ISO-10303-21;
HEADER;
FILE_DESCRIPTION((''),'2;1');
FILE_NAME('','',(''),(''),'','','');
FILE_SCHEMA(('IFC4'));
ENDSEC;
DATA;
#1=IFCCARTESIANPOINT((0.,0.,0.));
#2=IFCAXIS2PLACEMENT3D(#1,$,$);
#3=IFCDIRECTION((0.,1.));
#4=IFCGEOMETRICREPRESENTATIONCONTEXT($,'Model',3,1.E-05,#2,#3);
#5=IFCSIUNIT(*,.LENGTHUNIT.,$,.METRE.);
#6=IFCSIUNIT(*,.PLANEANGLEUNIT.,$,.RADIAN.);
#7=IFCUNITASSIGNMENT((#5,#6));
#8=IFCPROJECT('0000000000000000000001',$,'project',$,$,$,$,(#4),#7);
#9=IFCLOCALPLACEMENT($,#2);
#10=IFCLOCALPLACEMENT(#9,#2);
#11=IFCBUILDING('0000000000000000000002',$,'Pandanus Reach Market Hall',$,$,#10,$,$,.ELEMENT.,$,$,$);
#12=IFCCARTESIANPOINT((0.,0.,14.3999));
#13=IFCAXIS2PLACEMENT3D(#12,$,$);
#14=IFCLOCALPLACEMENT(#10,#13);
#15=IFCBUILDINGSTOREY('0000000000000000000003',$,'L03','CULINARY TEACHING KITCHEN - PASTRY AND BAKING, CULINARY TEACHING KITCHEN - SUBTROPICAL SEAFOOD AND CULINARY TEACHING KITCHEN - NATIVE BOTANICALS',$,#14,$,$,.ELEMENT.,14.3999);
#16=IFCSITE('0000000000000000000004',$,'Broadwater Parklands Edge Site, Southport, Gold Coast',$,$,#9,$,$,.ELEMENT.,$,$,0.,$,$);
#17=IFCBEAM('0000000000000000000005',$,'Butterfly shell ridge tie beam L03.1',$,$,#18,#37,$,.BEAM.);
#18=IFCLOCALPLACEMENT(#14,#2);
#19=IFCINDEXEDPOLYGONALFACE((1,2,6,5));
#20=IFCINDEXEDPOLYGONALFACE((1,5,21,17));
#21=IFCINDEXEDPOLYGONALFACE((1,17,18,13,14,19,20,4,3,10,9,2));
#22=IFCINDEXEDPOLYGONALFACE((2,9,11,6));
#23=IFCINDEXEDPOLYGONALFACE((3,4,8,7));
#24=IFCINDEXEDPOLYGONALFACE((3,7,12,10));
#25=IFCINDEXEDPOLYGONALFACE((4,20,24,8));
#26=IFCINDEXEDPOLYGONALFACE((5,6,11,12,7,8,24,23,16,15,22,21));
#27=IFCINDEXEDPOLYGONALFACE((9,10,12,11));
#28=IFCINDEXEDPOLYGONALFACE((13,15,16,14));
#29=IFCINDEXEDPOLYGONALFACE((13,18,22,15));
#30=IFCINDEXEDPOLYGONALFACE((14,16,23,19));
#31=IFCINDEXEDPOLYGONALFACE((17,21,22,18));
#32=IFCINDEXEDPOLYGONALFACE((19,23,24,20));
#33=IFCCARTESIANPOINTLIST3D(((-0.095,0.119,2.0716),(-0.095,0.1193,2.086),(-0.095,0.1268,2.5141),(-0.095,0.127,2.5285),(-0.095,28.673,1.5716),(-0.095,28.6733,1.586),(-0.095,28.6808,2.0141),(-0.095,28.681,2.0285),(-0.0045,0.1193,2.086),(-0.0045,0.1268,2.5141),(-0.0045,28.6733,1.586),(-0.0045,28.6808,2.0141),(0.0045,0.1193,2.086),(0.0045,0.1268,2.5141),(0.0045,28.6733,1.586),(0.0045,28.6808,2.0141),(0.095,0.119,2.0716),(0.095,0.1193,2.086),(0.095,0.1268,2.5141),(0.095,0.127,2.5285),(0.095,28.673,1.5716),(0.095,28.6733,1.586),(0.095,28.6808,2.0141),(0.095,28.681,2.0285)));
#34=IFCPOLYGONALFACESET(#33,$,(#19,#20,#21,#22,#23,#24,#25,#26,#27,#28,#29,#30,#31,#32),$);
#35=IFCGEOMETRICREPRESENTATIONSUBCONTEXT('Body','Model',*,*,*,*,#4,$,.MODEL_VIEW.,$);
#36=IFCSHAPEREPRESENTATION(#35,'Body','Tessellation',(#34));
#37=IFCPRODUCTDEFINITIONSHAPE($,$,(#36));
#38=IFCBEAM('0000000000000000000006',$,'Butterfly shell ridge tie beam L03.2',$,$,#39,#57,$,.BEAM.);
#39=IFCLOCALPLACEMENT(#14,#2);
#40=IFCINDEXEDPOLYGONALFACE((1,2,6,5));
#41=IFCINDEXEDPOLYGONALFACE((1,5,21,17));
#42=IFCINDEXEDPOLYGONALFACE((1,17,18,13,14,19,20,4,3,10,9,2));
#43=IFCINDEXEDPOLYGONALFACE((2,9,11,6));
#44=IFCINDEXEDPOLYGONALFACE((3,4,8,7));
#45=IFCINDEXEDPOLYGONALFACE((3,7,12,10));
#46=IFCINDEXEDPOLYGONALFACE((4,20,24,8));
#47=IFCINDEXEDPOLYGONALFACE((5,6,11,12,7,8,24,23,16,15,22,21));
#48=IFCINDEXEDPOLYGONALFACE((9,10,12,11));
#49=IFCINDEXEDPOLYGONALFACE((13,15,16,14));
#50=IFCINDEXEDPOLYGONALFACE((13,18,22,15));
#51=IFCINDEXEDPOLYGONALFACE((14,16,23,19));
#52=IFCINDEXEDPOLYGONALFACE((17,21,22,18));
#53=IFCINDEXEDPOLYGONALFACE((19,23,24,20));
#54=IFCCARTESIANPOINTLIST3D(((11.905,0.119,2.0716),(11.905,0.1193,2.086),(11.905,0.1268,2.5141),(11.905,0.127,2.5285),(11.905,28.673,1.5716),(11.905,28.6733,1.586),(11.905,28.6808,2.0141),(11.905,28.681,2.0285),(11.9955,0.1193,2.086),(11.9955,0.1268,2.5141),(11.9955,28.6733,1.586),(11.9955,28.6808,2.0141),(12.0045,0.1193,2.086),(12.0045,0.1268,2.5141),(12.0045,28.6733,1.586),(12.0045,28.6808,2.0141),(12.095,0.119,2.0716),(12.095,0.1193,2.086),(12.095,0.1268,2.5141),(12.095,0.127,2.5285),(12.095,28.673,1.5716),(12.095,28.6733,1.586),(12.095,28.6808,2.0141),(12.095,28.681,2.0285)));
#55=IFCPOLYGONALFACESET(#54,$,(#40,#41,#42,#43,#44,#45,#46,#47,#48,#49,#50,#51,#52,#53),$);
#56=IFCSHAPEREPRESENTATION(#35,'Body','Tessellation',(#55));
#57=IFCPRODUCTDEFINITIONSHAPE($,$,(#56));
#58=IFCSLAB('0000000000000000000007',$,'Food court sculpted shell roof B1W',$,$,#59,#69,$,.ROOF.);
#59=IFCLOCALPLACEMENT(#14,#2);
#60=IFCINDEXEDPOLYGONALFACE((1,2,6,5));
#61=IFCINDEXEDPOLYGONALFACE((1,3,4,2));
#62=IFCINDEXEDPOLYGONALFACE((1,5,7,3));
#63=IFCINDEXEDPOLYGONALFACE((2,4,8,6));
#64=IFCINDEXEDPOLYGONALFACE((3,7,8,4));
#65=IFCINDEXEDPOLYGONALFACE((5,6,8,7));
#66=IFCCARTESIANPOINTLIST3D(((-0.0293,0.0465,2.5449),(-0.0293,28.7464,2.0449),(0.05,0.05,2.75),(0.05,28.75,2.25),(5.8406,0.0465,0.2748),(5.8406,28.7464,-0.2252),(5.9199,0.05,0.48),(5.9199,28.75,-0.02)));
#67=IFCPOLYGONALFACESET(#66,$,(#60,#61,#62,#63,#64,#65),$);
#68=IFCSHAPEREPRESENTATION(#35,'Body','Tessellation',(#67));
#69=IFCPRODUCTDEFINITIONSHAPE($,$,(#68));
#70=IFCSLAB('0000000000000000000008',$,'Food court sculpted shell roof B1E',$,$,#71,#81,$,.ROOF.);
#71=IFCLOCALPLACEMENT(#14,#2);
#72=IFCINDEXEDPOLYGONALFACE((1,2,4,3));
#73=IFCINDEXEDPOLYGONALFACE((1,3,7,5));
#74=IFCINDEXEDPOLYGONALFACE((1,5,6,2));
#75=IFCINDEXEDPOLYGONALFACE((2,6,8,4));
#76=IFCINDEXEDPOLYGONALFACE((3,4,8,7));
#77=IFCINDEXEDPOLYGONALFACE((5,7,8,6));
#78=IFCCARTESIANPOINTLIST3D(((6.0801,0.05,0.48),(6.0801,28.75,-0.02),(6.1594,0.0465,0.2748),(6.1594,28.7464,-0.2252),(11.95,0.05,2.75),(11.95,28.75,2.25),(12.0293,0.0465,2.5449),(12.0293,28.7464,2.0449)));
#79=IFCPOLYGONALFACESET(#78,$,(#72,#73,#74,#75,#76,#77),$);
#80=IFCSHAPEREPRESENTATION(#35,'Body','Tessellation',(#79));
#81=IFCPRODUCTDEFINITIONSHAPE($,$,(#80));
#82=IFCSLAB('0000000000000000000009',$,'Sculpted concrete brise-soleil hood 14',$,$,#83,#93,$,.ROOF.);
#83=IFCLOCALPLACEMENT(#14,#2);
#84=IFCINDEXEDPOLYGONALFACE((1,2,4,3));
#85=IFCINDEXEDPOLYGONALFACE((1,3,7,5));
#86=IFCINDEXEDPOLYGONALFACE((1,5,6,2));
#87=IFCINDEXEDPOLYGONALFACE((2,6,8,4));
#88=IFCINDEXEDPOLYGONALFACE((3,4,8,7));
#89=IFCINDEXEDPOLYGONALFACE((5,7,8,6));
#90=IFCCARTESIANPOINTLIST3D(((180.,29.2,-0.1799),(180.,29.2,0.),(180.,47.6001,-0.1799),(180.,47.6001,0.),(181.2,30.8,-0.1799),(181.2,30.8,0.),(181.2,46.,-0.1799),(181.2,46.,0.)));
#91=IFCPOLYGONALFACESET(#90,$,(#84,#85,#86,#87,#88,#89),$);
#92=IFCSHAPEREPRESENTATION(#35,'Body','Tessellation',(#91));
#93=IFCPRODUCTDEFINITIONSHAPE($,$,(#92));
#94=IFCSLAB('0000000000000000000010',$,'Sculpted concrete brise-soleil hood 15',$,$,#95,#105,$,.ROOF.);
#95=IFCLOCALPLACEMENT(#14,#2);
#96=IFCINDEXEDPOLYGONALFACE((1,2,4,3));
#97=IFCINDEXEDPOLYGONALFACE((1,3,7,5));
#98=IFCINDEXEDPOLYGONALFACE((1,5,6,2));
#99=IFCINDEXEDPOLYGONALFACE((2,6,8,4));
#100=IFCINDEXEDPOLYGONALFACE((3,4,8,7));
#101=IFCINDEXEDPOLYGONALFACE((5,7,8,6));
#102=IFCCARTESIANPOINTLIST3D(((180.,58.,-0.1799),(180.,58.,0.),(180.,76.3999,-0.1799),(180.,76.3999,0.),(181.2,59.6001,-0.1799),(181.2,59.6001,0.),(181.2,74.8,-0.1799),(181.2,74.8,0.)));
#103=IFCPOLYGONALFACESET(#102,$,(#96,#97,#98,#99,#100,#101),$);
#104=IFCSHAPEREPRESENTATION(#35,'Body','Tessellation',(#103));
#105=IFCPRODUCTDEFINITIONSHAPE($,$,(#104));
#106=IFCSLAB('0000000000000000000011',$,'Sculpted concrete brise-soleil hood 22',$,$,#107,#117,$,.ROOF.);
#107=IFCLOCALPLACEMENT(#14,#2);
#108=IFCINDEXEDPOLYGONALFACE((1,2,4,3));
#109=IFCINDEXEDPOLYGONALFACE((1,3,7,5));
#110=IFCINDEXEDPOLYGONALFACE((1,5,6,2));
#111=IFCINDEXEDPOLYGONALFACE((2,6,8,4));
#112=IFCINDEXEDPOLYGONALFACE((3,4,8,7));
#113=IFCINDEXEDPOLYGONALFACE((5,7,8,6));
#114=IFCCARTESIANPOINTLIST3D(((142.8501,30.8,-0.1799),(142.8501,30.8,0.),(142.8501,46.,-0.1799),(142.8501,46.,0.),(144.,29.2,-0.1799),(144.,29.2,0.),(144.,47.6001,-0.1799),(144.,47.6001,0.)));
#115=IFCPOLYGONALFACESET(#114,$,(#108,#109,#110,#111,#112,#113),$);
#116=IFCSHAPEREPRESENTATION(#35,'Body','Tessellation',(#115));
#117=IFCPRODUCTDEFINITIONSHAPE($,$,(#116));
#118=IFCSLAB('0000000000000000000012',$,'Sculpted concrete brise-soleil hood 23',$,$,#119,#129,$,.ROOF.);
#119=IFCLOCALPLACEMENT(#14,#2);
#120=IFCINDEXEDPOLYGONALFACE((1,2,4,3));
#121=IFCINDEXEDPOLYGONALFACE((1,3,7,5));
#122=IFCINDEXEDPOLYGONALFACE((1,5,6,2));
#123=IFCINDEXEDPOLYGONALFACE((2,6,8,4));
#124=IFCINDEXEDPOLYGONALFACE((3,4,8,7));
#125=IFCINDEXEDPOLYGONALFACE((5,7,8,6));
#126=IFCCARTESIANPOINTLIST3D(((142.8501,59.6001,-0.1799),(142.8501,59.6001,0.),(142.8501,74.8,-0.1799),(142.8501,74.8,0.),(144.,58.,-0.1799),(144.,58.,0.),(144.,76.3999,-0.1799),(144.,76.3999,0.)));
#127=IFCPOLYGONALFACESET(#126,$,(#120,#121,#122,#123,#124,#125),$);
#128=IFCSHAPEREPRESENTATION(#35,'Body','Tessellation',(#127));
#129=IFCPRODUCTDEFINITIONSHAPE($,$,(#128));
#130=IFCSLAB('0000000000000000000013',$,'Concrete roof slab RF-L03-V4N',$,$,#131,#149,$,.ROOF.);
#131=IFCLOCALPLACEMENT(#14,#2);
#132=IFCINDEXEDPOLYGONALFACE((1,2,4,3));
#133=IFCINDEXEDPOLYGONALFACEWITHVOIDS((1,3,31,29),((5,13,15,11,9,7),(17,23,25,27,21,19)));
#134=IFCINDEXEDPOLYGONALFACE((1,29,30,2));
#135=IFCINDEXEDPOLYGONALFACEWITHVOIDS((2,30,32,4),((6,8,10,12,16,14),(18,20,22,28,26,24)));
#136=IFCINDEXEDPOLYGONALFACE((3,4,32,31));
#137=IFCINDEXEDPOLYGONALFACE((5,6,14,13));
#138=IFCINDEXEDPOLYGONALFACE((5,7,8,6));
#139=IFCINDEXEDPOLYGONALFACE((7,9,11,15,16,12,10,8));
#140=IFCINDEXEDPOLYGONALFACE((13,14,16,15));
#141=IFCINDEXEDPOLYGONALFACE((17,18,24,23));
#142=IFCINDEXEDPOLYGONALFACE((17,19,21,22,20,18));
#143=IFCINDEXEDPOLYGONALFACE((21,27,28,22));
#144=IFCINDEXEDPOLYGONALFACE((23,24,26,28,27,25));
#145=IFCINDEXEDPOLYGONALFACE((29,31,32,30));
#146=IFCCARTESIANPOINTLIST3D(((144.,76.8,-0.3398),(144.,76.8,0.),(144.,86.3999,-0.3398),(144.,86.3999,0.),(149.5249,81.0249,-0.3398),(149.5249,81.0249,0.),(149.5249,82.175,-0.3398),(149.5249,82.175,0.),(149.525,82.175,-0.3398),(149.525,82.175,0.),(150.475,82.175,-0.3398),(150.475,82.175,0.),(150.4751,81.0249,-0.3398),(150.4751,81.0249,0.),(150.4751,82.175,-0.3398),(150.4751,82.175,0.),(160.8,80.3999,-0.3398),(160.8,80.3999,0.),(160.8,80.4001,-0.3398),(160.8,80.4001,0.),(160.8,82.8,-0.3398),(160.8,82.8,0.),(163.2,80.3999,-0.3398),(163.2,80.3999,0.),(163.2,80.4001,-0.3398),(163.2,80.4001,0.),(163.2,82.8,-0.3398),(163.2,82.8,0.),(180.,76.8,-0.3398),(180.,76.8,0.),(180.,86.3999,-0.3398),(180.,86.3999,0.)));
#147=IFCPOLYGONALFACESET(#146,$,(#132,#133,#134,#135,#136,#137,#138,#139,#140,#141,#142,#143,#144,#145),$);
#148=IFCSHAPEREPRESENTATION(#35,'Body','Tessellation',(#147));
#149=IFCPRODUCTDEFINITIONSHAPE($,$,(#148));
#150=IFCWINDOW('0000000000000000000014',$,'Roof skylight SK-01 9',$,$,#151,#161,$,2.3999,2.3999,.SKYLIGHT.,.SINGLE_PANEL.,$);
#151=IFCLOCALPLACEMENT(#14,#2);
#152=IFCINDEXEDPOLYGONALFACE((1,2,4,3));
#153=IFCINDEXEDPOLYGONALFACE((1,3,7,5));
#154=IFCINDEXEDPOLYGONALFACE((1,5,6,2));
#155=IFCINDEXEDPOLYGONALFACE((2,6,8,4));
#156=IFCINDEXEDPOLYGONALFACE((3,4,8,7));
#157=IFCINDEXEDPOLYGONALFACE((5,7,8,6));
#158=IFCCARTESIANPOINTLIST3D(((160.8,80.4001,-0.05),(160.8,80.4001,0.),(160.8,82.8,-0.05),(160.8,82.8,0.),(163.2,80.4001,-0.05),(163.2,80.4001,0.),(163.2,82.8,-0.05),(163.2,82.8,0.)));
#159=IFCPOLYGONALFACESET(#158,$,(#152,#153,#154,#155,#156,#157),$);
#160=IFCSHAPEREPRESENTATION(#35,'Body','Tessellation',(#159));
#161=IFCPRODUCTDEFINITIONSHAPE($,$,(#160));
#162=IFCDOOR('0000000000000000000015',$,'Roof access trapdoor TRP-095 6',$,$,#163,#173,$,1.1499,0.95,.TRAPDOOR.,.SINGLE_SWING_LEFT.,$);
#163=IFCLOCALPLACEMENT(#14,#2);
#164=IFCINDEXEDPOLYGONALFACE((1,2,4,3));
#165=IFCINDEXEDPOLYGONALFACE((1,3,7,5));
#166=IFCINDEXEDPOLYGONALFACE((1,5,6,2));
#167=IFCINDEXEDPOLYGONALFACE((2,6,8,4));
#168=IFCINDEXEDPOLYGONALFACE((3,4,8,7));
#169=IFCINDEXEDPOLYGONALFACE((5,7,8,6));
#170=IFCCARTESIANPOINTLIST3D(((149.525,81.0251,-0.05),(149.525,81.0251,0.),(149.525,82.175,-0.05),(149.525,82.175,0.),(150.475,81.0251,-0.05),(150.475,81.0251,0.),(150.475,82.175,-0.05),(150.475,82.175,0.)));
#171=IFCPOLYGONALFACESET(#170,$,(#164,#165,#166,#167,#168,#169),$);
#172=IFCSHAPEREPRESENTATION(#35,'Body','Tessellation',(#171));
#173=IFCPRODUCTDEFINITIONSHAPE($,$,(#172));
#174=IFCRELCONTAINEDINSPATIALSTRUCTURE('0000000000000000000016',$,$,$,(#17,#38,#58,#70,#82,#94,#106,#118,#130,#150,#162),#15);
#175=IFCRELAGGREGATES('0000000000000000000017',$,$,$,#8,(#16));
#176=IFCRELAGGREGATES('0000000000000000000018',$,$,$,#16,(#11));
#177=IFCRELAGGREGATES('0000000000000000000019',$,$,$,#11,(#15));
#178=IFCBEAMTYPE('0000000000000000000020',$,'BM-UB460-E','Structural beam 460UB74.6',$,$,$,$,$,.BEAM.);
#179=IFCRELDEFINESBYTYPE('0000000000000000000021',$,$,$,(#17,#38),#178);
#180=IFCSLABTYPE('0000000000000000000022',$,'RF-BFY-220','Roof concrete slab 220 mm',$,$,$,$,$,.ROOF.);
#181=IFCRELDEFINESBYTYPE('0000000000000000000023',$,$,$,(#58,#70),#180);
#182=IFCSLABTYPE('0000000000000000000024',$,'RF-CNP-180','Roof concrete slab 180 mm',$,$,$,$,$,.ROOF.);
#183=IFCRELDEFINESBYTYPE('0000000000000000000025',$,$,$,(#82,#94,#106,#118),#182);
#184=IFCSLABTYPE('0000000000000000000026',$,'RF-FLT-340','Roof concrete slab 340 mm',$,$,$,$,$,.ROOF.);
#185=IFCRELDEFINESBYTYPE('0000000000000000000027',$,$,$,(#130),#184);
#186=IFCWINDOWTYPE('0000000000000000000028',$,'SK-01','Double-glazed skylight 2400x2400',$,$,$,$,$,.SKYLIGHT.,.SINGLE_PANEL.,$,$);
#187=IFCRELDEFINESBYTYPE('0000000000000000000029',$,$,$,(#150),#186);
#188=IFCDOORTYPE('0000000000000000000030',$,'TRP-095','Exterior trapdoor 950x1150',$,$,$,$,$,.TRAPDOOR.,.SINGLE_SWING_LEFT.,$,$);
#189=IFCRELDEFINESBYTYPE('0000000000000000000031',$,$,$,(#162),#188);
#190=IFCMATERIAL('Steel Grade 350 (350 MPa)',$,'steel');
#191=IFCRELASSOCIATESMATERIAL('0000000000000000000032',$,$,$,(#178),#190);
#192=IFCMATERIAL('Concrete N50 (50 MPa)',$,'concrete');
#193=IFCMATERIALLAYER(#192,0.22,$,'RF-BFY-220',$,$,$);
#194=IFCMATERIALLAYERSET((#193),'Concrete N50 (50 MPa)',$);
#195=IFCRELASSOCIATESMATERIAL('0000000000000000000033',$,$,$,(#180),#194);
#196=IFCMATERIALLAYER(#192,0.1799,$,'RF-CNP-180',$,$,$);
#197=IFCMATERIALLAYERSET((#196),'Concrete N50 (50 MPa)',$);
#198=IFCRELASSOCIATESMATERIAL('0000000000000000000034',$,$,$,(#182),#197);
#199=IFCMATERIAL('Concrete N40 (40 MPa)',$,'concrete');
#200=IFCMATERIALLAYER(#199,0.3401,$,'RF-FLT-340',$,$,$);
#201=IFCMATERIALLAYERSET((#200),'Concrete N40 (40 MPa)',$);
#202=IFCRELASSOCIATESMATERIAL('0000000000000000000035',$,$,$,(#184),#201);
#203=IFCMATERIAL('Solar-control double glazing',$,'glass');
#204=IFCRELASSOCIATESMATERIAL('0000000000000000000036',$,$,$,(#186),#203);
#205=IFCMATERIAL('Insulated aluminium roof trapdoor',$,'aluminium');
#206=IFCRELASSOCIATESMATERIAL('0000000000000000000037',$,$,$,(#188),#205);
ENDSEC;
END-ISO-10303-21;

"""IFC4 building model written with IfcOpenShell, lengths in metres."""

from ifc_helpers import new_model, si_unit, direction, frame, origin, origin_2d, place, context, subcontext, project, spatial, polyline, rectangle, i_section, outline, extrude, material, layer, layer_set, material_profile, profile_set, type_object, element, fill, save


model = new_model("IFC4")

# Units and contexts
model_context = context("Model", 3, precision=1e-05, world=origin(), true_north=direction((0.0, 1.0)))
body_context = subcontext(model_context, "Body", "Model", "MODEL_VIEW")
ifc_project = project(units=[si_unit("LENGTHUNIT", "METRE"), si_unit("PLANEANGLEUNIT", "RADIAN")], contexts=[model_context])

# Site, building, storey
site_placement = place(None, origin())
site = spatial("IfcSite", under=ifc_project, at=site_placement, Name="Broadwater Parklands Edge Site, Southport, Gold Coast", CompositionType="ELEMENT", RefElevation=0.0)
building_placement = place(site_placement, origin())
building = spatial("IfcBuilding", under=site, at=building_placement, Name="Pandanus Reach Market Hall", CompositionType="ELEMENT")
storey_placement = place(building_placement, frame((0.0, 0.0, 14.3999)))
storey = spatial("IfcBuildingStorey", under=building, at=storey_placement, Name="L03", Description="CULINARY TEACHING KITCHEN - PASTRY AND BAKING, CULINARY TEACHING KITCHEN - SUBTROPICAL SEAFOOD AND CULINARY TEACHING KITCHEN - NATIVE BOTANICALS", CompositionType="ELEMENT", Elevation=14.3999)

# Shared definitions
ifc_material_1 = material(Name="Steel Grade 350 (350 MPa)", Category="steel")

# Beams
ifc_material_profile_1 = material_profile(ifc_material_1, i_section(OverallWidth=0.1899, OverallDepth=0.457, WebThickness=0.009, FlangeThickness=0.0144, at=origin_2d()), Name="460UB74.6", Category="LoadBearing")
ifc_profile_set_1 = profile_set([ifc_material_profile_1], Name="Steel Grade 350 (350 MPa)")
beam_type = type_object("IfcBeamType", Name="BM-UB460-E", Description="Structural beam 460UB74.6", PredefinedType="BEAM", material=ifc_profile_set_1)
for number, where, z_axis, x_axis, name in (
    (1, (0.0, 0.123, 2.3), (0.0, 0.999847, -0.017508), (-1.0, 0.0, 0.0), "Butterfly shell ridge tie beam L03.1"),
    (2, (12.0, 0.123, 2.3), (0.0, 0.999847, -0.017508), (-1.0, 0.0, 0.0), "Butterfly shell ridge tie beam L03.2"),
):
    element("IfcBeam", number, at=place(storey_placement, frame(where, z_axis=z_axis, x_axis=x_axis)), inside=storey, type_object=beam_type, Name=name, PredefinedType="BEAM", context=body_context, shape_type="SweptSolid", body=[
        extrude(i_section(OverallWidth=0.1899, OverallDepth=0.457, WebThickness=0.009, FlangeThickness=0.0144, at=origin_2d()), origin(), (0.0, 0.0, 1.0), 28.5583),
    ])

# Slabs
ifc_material_2 = material(Name="Concrete N50 (50 MPa)", Category="concrete")
ifc_layer_1 = layer(ifc_material_2, 0.22, Name="RF-BFY-220")
ifc_layer_set_1 = layer_set([ifc_layer_1], Name="Concrete N50 (50 MPa)")
slab_type_1 = type_object("IfcSlabType", Name="RF-BFY-220", Description="Roof concrete slab 220 mm", PredefinedType="ROOF", material=ifc_layer_set_1)
slab_1_placement = place(storey_placement, frame((0.05, 0.05, 2.75), z_axis=(0.360644, 0.016247, 0.932562), x_axis=(0.932685, 0.0, -0.360692)))
element("IfcSlab", 3, at=slab_1_placement, inside=storey, type_object=slab_type_1, Name="Food court sculpted shell roof B1W", PredefinedType="ROOF", context=body_context, shape_type="SweptSolid", body=[
    extrude(outline(polyline([(0.0, 0.0), (6.2935, 0.0), (6.4739, 28.7037), (0.1803, 28.7037), (0.0, 0.0)])), origin(), (0.0, 0.0, -1.0), 0.22),
])
slab_2_placement = place(storey_placement, frame((6.0801, 0.05, 0.48), z_axis=(-0.360644, 0.016247, 0.932562), x_axis=(0.932685, 0.0, 0.360692)))
element("IfcSlab", 4, at=slab_2_placement, inside=storey, type_object=slab_type_1, Name="Food court sculpted shell roof B1E", PredefinedType="ROOF", context=body_context, shape_type="SweptSolid", body=[
    extrude(outline(polyline([(0.0, 0.0), (6.2935, 0.0), (6.1132, 28.7037), (-0.1803, 28.7037), (0.0, 0.0)])), origin(), (0.0, 0.0, -1.0), 0.22),
])
ifc_layer_2 = layer(ifc_material_2, 0.1799, Name="RF-CNP-180")
ifc_layer_set_2 = layer_set([ifc_layer_2], Name="Concrete N50 (50 MPa)")
slab_type_2 = type_object("IfcSlabType", Name="RF-CNP-180", Description="Roof concrete slab 180 mm", PredefinedType="ROOF", material=ifc_layer_set_2)
slab_3_placement = place(storey_placement, frame((0.0, 0.0, -0.1799)))
element("IfcSlab", 5, at=slab_3_placement, inside=storey, type_object=slab_type_2, Name="Sculpted concrete brise-soleil hood 14", PredefinedType="ROOF", context=body_context, shape_type="SweptSolid", body=[
    extrude(outline(polyline([(180.0, 29.2), (180.0, 47.6001), (181.2, 46.0), (181.2, 30.8), (180.0, 29.2)])), origin(), (0.0, 0.0, 1.0), 0.1799),
])
slab_4_placement = place(storey_placement, frame((0.0, 0.0, -0.1799)))
element("IfcSlab", 6, at=slab_4_placement, inside=storey, type_object=slab_type_2, Name="Sculpted concrete brise-soleil hood 15", PredefinedType="ROOF", context=body_context, shape_type="SweptSolid", body=[
    extrude(outline(polyline([(180.0, 58.0), (180.0, 76.3999), (181.2, 74.8), (181.2, 59.6001), (180.0, 58.0)])), origin(), (0.0, 0.0, 1.0), 0.1799),
])
slab_5_placement = place(storey_placement, frame((0.0, 0.0, -0.1799)))
element("IfcSlab", 7, at=slab_5_placement, inside=storey, type_object=slab_type_2, Name="Sculpted concrete brise-soleil hood 22", PredefinedType="ROOF", context=body_context, shape_type="SweptSolid", body=[
    extrude(outline(polyline([(144.0, 29.2), (144.0, 47.6001), (142.8501, 46.0), (142.8501, 30.8), (144.0, 29.2)])), origin(), (0.0, 0.0, 1.0), 0.1799),
])
slab_6_placement = place(storey_placement, frame((0.0, 0.0, -0.1799)))
element("IfcSlab", 8, at=slab_6_placement, inside=storey, type_object=slab_type_2, Name="Sculpted concrete brise-soleil hood 23", PredefinedType="ROOF", context=body_context, shape_type="SweptSolid", body=[
    extrude(outline(polyline([(144.0, 58.0), (144.0, 76.3999), (142.8501, 74.8), (142.8501, 59.6001), (144.0, 58.0)])), origin(), (0.0, 0.0, 1.0), 0.1799),
])

# Slab, openings, window, door
ifc_material_3 = material(Name="Concrete N40 (40 MPa)", Category="concrete")
ifc_layer_3 = layer(ifc_material_3, 0.3401, Name="RF-FLT-340")
ifc_layer_set_3 = layer_set([ifc_layer_3], Name="Concrete N40 (40 MPa)")
slab_type_3 = type_object("IfcSlabType", Name="RF-FLT-340", Description="Roof concrete slab 340 mm", PredefinedType="ROOF", material=ifc_layer_set_3)
slab_7_placement = place(storey_placement, frame((0.0, 0.0, -0.3398)))
slab_7 = element("IfcSlab", 9, at=slab_7_placement, inside=storey, type_object=slab_type_3, Name="Concrete roof slab RF-L03-V4N", PredefinedType="ROOF", context=body_context, shape_type="SweptSolid", body=[
    extrude(outline(polyline([(144.0, 76.8), (180.0, 76.8), (180.0, 86.3999), (144.0, 86.3999), (144.0, 76.8)]), holes=[polyline([(160.8, 80.3999), (163.2, 80.3999), (163.2, 82.8), (160.8, 82.8), (160.8, 80.3999)]), polyline([(149.5249, 81.0249), (150.4751, 81.0249), (150.4751, 82.175), (149.5249, 82.175), (149.5249, 81.0249)])]), origin(), (0.0, 0.0, 1.0), 0.3398),
])
opening_1_placement = place(slab_7_placement, frame((162.0, 81.6001, -0.0149)))
opening_1 = element("IfcOpeningElement", 10, at=opening_1_placement, cuts=slab_7, PredefinedType="OPENING", context=body_context, shape_type="SweptSolid", body=[
    extrude(rectangle(XDim=2.3999, YDim=2.3999, at=origin_2d()), origin(), (0.0, 0.0, 1.0), 0.3699),
])
opening_2_placement = place(slab_7_placement, frame((150.0, 81.6001, -0.0149)))
opening_2 = element("IfcOpeningElement", 11, at=opening_2_placement, cuts=slab_7, PredefinedType="OPENING", context=body_context, shape_type="SweptSolid", body=[
    extrude(rectangle(XDim=0.95, YDim=1.1499, at=origin_2d()), origin(), (0.0, 0.0, 1.0), 0.3699),
])
ifc_material_4 = material(Name="Solar-control double glazing", Category="glass")
window_type = type_object("IfcWindowType", Name="SK-01", Description="Double-glazed skylight 2400x2400", PartitioningType="SINGLE_PANEL", PredefinedType="SKYLIGHT", material=ifc_material_4)
window_placement = place(slab_7_placement, frame((162.0, 81.6001, 0.2898)))
window = element("IfcWindow", 12, at=window_placement, inside=storey, type_object=window_type, Name="Roof skylight SK-01 9", OverallHeight=2.3999, OverallWidth=2.3999, PartitioningType="SINGLE_PANEL", PredefinedType="SKYLIGHT", context=body_context, shape_type="SweptSolid", body=[
    extrude(rectangle(XDim=2.3999, YDim=2.3999, at=origin_2d()), origin(), (0.0, 0.0, 1.0), 0.05),
])
fill(opening_1, window)
ifc_material_5 = material(Name="Insulated aluminium roof trapdoor", Category="aluminium")
door_type = type_object("IfcDoorType", Name="TRP-095", Description="Exterior trapdoor 950x1150", OperationType="SINGLE_SWING_LEFT", PredefinedType="TRAPDOOR", material=ifc_material_5)
door_placement = place(slab_7_placement, frame((150.0, 81.6001, 0.2898)))
door = element("IfcDoor", 13, at=door_placement, inside=storey, type_object=door_type, Name="Roof access trapdoor TRP-095 6", OperationType="SINGLE_SWING_LEFT", OverallHeight=1.1499, OverallWidth=0.95, PredefinedType="TRAPDOOR", context=body_context, shape_type="SweptSolid", body=[
    extrude(rectangle(XDim=0.95, YDim=1.1499, at=origin_2d()), origin(), (0.0, 0.0, 1.0), 0.05),
])
fill(opening_2, door)

save(model, "model.ifc")
